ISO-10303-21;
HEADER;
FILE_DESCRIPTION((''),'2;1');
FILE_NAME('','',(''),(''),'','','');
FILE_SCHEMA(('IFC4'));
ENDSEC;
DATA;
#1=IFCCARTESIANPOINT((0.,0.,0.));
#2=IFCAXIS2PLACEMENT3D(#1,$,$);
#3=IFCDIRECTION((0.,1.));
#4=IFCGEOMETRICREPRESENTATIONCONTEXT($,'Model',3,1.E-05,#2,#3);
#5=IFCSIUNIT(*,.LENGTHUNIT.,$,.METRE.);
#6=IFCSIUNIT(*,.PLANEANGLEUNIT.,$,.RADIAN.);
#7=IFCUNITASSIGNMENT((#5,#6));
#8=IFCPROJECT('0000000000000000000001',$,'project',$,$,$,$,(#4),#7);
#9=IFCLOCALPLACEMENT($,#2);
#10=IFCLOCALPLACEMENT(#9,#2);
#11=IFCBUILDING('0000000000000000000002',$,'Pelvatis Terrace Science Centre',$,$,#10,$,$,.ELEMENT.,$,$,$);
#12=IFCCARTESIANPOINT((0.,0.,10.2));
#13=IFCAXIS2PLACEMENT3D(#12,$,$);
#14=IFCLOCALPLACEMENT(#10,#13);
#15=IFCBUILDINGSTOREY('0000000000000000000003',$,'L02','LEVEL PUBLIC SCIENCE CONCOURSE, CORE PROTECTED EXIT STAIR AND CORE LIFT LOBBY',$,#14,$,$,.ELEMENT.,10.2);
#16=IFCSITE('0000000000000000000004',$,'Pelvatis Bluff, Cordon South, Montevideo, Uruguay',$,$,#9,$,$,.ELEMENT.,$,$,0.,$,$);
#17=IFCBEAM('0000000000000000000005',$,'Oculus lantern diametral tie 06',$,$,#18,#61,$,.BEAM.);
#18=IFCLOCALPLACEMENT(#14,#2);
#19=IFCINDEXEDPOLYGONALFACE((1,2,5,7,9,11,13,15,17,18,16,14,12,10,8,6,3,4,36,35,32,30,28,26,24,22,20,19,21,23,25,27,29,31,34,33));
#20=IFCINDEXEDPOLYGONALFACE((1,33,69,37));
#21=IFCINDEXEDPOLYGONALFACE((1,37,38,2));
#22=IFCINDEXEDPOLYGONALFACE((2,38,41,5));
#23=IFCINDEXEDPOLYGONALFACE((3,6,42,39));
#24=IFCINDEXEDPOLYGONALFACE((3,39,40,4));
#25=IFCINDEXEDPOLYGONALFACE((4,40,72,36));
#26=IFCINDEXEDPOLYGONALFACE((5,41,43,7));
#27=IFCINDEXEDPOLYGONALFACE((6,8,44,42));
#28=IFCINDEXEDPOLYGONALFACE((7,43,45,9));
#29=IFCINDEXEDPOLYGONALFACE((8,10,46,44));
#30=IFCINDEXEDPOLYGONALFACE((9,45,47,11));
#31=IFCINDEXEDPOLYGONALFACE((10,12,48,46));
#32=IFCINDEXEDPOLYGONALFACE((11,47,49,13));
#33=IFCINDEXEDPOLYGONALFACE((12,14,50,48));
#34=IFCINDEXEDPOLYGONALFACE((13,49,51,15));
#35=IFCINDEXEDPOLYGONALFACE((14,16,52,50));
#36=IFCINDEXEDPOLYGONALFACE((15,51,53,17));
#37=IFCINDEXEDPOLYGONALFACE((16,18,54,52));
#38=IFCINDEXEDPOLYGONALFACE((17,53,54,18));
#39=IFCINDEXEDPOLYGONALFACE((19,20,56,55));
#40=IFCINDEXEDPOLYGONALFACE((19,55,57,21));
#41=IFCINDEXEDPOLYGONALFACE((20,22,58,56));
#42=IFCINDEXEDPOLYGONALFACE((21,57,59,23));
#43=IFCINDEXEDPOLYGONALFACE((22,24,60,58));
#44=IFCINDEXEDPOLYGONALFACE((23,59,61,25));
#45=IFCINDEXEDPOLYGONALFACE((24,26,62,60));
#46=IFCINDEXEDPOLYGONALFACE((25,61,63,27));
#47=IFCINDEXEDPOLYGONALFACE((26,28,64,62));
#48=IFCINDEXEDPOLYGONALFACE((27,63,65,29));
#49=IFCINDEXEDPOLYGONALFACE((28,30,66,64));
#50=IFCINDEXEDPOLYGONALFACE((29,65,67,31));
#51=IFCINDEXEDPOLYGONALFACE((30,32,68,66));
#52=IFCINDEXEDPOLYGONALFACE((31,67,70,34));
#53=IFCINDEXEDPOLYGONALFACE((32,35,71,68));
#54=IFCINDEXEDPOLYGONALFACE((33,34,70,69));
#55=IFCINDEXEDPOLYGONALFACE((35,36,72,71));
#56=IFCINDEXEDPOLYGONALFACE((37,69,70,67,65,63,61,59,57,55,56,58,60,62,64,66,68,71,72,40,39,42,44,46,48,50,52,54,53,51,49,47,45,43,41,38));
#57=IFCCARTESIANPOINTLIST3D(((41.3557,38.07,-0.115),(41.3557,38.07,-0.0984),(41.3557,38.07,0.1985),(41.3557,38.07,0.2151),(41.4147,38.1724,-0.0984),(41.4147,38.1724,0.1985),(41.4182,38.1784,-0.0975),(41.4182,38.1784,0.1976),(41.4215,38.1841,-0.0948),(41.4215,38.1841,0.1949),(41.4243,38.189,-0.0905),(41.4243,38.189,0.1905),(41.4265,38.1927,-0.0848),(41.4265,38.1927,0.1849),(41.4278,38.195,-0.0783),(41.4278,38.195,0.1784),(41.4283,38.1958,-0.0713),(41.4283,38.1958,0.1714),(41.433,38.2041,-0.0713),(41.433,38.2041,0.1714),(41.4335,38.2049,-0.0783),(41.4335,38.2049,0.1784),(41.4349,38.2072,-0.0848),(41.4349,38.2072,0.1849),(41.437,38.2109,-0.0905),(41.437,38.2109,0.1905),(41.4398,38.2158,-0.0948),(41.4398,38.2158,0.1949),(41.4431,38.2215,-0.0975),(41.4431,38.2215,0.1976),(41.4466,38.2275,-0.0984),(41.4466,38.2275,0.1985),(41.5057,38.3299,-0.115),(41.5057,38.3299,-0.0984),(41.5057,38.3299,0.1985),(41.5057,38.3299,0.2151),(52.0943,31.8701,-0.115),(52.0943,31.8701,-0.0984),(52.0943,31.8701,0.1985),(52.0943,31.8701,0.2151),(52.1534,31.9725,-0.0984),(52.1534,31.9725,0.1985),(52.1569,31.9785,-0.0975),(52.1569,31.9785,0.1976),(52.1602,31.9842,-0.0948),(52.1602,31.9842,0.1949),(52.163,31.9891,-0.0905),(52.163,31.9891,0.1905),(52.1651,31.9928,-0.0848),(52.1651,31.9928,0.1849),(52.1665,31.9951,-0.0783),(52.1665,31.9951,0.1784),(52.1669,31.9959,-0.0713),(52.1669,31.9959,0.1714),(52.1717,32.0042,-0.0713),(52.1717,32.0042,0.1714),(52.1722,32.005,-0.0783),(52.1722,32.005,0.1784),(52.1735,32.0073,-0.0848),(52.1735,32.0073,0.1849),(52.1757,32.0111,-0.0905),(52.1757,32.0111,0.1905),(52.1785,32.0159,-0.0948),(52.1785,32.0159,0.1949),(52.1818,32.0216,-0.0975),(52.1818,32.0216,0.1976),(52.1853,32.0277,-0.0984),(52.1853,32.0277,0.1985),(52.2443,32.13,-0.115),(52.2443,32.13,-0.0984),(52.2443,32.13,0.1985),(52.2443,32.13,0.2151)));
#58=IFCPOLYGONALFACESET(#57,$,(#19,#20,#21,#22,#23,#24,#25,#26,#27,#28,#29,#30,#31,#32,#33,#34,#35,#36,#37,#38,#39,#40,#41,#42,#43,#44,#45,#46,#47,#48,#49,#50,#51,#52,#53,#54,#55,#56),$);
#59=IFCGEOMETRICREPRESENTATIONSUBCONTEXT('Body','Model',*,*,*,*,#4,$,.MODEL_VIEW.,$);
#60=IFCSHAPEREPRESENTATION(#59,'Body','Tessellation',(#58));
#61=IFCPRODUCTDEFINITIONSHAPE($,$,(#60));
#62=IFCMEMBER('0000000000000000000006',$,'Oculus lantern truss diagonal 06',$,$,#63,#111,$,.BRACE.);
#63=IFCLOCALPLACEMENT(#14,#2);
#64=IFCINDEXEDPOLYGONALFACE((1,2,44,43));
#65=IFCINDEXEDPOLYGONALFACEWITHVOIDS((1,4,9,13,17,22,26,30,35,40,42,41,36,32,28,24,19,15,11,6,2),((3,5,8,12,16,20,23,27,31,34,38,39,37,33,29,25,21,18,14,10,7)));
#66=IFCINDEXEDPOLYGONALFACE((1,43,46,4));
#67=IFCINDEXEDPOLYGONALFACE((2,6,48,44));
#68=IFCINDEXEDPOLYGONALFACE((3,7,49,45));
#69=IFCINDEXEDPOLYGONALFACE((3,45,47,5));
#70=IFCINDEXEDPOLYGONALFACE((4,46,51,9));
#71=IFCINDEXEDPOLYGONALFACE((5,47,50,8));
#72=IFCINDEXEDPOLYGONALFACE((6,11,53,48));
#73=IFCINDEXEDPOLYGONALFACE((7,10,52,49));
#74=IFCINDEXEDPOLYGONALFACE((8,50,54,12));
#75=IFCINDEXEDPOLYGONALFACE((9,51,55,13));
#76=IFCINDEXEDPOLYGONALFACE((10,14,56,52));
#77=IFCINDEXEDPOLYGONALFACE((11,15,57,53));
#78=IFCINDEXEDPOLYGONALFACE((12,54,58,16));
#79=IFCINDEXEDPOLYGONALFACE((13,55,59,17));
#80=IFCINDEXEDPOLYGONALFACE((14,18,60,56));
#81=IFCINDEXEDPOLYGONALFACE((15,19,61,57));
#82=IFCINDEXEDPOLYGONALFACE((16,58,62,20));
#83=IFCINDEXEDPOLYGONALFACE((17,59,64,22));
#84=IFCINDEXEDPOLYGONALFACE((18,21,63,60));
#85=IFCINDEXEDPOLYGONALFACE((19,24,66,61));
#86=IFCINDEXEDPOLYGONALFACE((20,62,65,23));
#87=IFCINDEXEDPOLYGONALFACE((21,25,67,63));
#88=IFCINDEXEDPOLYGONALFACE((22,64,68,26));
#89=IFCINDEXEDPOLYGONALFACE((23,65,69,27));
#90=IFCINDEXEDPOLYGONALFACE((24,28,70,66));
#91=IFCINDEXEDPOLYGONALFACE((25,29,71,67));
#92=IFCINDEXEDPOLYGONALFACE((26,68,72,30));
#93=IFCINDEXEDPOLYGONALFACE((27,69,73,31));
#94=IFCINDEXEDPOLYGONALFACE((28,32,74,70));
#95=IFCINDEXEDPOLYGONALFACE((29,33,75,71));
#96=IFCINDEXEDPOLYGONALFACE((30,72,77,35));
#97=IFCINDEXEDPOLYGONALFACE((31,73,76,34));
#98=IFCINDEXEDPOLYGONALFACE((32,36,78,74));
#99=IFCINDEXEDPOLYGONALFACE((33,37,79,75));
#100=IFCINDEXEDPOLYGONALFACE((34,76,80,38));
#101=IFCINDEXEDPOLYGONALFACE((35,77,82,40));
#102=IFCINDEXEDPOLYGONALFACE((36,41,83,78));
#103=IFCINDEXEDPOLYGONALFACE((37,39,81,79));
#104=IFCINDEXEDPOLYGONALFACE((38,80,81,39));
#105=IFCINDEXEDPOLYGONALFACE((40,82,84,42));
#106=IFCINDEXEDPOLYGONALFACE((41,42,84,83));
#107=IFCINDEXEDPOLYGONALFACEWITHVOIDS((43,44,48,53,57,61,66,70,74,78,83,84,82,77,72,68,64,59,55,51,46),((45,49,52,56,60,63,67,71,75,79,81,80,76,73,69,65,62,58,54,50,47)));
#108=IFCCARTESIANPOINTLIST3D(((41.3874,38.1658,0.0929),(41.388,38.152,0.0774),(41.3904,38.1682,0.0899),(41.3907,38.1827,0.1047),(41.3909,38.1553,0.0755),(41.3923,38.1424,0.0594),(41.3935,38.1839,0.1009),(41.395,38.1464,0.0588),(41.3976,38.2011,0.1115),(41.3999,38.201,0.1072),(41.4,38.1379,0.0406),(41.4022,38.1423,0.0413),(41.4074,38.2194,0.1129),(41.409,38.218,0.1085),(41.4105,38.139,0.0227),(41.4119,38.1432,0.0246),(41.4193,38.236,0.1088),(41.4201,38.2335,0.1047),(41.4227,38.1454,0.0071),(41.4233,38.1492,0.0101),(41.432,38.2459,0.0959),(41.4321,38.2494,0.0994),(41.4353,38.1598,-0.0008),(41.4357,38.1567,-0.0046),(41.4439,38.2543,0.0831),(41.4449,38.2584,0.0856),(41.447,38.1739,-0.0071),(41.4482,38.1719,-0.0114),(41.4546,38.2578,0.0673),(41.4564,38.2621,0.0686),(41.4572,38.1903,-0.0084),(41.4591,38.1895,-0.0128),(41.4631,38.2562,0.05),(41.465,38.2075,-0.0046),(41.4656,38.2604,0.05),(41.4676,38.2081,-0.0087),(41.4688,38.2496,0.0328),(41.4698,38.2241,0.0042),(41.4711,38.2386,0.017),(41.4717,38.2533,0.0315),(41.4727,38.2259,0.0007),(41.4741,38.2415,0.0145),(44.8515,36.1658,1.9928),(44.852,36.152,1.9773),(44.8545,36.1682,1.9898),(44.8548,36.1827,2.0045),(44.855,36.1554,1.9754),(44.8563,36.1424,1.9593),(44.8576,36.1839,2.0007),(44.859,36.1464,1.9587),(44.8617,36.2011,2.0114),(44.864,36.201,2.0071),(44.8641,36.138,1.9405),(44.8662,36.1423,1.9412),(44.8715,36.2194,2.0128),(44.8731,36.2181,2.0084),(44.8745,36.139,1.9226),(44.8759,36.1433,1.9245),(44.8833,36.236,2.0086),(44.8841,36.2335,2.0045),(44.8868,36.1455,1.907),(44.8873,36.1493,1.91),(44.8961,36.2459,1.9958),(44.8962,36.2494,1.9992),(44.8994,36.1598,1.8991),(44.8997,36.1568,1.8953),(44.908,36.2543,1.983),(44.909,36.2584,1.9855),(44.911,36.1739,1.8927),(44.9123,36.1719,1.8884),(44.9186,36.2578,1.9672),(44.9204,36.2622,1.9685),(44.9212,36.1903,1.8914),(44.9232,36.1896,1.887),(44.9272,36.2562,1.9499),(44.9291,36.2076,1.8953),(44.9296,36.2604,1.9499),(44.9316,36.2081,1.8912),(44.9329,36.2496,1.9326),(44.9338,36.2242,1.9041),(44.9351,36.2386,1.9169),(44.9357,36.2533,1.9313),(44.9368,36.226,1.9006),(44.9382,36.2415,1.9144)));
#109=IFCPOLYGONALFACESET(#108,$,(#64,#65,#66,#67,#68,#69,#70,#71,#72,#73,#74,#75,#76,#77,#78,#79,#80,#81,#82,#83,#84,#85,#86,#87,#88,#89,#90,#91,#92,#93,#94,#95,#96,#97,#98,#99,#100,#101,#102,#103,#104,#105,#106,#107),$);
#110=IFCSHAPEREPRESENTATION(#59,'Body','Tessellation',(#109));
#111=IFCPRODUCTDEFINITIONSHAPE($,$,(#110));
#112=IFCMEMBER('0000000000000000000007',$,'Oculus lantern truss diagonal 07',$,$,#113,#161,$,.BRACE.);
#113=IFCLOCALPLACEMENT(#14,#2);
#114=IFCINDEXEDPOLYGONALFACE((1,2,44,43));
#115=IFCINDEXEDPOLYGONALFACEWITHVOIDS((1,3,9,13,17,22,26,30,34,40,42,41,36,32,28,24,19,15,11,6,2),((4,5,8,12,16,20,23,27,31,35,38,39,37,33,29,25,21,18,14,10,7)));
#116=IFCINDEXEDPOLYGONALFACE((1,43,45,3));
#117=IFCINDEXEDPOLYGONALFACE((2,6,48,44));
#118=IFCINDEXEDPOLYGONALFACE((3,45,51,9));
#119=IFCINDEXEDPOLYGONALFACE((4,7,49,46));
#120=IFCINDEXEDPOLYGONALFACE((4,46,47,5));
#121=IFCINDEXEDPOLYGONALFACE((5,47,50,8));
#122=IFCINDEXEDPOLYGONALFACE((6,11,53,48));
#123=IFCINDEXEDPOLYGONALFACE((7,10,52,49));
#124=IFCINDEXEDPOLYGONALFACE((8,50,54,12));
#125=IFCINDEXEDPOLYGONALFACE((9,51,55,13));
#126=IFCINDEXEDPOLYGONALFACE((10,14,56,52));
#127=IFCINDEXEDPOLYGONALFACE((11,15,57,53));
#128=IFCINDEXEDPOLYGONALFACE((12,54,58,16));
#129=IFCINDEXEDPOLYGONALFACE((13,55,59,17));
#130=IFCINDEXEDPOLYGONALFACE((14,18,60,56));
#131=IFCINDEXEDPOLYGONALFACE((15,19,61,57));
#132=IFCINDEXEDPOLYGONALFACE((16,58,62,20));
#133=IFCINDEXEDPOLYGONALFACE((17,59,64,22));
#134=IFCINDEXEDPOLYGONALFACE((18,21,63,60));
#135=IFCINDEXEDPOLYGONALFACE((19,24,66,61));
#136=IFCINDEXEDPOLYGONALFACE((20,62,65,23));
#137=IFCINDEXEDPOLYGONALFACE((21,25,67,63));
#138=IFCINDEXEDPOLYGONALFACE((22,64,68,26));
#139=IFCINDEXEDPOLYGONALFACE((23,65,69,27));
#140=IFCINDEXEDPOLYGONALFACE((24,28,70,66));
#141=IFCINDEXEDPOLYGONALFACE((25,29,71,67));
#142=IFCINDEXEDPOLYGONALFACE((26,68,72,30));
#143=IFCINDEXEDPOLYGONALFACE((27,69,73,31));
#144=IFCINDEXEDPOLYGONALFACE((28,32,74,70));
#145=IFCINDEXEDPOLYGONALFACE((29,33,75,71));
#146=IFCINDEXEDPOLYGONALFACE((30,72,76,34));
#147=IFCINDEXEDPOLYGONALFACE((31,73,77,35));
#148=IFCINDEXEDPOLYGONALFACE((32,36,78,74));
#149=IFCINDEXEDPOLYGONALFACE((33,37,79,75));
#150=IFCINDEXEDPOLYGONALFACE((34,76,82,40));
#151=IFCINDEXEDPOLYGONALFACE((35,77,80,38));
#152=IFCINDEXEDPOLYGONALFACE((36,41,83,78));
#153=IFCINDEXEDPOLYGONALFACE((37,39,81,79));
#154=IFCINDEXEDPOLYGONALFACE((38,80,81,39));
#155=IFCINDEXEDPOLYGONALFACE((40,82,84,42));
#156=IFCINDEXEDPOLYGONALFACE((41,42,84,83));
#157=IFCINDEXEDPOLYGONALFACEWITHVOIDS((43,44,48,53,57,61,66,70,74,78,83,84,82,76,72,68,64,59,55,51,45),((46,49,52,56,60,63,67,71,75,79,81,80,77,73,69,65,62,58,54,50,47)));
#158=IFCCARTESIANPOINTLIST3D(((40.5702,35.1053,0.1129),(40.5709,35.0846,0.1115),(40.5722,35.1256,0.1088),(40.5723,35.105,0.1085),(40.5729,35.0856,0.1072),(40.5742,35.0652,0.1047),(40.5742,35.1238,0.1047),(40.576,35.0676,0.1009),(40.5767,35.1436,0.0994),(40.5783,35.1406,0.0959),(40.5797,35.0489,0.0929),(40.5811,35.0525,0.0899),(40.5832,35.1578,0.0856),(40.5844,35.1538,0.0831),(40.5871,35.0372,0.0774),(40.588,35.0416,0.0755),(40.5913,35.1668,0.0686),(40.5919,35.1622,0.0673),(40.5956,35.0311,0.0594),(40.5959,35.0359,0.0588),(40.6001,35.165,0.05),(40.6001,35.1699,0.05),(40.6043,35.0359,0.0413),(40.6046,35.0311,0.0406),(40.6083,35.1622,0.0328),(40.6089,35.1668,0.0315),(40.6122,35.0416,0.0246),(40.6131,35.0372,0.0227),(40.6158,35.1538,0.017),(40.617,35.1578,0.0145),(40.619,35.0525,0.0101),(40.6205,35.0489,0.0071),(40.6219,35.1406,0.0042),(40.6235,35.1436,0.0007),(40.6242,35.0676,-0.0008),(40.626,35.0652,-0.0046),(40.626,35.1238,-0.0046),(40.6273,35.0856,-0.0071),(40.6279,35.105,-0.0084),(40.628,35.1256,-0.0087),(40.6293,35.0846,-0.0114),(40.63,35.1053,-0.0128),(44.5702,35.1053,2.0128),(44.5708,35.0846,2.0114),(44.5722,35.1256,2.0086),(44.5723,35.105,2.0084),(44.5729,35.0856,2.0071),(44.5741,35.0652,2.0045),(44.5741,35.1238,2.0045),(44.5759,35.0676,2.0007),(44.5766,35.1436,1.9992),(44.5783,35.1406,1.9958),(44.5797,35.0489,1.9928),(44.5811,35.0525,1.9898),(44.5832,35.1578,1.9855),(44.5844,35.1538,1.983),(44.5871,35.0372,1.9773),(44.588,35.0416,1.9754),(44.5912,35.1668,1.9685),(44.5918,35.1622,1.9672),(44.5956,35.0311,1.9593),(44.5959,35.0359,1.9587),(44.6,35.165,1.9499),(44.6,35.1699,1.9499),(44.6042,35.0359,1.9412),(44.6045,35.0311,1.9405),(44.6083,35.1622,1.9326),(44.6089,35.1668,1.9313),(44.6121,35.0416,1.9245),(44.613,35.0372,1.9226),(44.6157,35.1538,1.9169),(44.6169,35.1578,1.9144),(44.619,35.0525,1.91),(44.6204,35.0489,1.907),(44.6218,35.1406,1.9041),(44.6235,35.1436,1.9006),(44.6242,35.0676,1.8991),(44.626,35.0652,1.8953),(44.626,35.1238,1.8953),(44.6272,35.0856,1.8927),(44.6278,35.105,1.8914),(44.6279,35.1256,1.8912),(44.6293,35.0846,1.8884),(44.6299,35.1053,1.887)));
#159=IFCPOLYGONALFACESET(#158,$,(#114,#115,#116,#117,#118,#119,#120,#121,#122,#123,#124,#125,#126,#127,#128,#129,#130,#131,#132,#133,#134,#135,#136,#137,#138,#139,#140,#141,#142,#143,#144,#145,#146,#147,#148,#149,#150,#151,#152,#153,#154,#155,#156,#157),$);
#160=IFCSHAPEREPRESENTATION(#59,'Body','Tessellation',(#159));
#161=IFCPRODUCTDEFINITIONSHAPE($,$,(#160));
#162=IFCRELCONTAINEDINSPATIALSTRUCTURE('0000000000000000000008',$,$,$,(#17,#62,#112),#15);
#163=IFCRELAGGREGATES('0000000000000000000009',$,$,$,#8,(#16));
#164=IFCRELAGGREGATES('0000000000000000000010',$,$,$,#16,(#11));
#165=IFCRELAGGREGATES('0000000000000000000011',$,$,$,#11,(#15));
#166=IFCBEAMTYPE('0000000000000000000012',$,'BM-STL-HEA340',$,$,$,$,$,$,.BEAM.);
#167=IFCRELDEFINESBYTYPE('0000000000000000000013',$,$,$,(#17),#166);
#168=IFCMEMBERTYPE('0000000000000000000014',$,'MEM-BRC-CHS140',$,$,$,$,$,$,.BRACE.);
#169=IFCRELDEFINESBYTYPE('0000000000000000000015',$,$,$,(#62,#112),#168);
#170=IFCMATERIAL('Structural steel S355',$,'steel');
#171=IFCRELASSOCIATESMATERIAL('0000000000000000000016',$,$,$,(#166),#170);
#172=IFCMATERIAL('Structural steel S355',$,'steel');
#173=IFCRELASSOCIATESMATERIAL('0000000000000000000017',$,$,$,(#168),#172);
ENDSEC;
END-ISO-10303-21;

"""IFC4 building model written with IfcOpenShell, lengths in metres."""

from ifc_helpers import new_model, si_unit, direction, frame, origin, origin_2d, place, context, subcontext, project, spatial, hollow_circle, i_section, extrude, material, material_profile, profile_set, type_object, element, save


model = new_model("IFC4")

# Units and contexts
model_context = context("Model", 3, precision=1e-05, world=origin(), true_north=direction((0.0, 1.0)))
body_context = subcontext(model_context, "Body", "Model", "MODEL_VIEW")
ifc_project = project(units=[si_unit("LENGTHUNIT", "METRE"), si_unit("PLANEANGLEUNIT", "RADIAN")], contexts=[model_context])

# Site, building, storey
site_placement = place(None, origin())
site = spatial("IfcSite", under=ifc_project, at=site_placement, Name="Pelvatis Bluff, Cordon South, Montevideo, Uruguay", CompositionType="ELEMENT", RefElevation=0.0)
building_placement = place(site_placement, origin())
building = spatial("IfcBuilding", under=site, at=building_placement, Name="Pelvatis Terrace Science Centre", CompositionType="ELEMENT")
storey_placement = place(building_placement, frame((0.0, 0.0, 10.2)))
storey = spatial("IfcBuildingStorey", under=building, at=storey_placement, Name="L02", Description="LEVEL PUBLIC SCIENCE CONCOURSE, CORE PROTECTED EXIT STAIR AND CORE LIFT LOBBY", CompositionType="ELEMENT", Elevation=10.2)

# Beam
ifc_material_1 = material(Name="Structural steel S355", Category="steel")
ifc_material_profile_1 = material_profile(ifc_material_1, i_section(OverallWidth=0.3, OverallDepth=0.3301, WebThickness=0.0095, FlangeThickness=0.0166, FilletRadius=0.0271, at=origin_2d()), Name="HEA 340")
ifc_profile_set_1 = profile_set([ifc_material_profile_1], Name="Structural steel S355")
beam_type_1 = type_object("IfcBeamType", Name="BM-STL-HEA340", PredefinedType="BEAM", material=ifc_profile_set_1)
beam_1_placement = place(storey_placement, frame((41.4307, 38.2, 0.05), z_axis=(0.866028, -0.499995, 0.0), x_axis=(0.499995, 0.866028, 0.0)))
element("IfcBeam", 1, at=beam_1_placement, inside=storey, type_object=beam_type_1, Name="Oculus lantern diametral tie 06", PredefinedType="BEAM", context=body_context, shape_type="SweptSolid", body=[
    extrude(i_section(OverallWidth=0.3, OverallDepth=0.3301, WebThickness=0.0095, FlangeThickness=0.0166, FilletRadius=0.0271, at=origin_2d()), origin(), (0.0, 0.0, 1.0), 12.3999),
])

# Members
ifc_material_2 = material(Name="Structural steel S355", Category="steel")
ifc_material_profile_2 = material_profile(ifc_material_2, hollow_circle(Radius=0.0698, WallThickness=0.0049, at=origin_2d()), Name="CHS 139.7x5.0")
ifc_profile_set_2 = profile_set([ifc_material_profile_2], Name="Structural steel S355")
member_type_1 = type_object("IfcMemberType", Name="MEM-BRC-CHS140", PredefinedType="BRACE", material=ifc_profile_set_2)
for number, where, z_axis, x_axis, name in (
    (2, (41.4307, 38.2, 0.05), (0.78227, -0.451642, 0.429038), (0.499999, 0.866026, 0.0), "Oculus lantern truss diagonal 06"),
    (3, (40.6001, 35.1001, 0.05), (0.903286, 0.0, 0.429039), (0.0, 1.0, 0.0), "Oculus lantern truss diagonal 07"),
):
    element("IfcMember", number, at=place(storey_placement, frame(where, z_axis=z_axis, x_axis=x_axis)), inside=storey, type_object=member_type_1, Name=name, PredefinedType="BRACE", context=body_context, shape_type="SweptSolid", body=[
        extrude(hollow_circle(Radius=0.0698, WallThickness=0.0049, at=origin_2d()), origin(), (0.0, 0.0, 1.0), 4.4282),
    ])

save(model, "model.ifc")
